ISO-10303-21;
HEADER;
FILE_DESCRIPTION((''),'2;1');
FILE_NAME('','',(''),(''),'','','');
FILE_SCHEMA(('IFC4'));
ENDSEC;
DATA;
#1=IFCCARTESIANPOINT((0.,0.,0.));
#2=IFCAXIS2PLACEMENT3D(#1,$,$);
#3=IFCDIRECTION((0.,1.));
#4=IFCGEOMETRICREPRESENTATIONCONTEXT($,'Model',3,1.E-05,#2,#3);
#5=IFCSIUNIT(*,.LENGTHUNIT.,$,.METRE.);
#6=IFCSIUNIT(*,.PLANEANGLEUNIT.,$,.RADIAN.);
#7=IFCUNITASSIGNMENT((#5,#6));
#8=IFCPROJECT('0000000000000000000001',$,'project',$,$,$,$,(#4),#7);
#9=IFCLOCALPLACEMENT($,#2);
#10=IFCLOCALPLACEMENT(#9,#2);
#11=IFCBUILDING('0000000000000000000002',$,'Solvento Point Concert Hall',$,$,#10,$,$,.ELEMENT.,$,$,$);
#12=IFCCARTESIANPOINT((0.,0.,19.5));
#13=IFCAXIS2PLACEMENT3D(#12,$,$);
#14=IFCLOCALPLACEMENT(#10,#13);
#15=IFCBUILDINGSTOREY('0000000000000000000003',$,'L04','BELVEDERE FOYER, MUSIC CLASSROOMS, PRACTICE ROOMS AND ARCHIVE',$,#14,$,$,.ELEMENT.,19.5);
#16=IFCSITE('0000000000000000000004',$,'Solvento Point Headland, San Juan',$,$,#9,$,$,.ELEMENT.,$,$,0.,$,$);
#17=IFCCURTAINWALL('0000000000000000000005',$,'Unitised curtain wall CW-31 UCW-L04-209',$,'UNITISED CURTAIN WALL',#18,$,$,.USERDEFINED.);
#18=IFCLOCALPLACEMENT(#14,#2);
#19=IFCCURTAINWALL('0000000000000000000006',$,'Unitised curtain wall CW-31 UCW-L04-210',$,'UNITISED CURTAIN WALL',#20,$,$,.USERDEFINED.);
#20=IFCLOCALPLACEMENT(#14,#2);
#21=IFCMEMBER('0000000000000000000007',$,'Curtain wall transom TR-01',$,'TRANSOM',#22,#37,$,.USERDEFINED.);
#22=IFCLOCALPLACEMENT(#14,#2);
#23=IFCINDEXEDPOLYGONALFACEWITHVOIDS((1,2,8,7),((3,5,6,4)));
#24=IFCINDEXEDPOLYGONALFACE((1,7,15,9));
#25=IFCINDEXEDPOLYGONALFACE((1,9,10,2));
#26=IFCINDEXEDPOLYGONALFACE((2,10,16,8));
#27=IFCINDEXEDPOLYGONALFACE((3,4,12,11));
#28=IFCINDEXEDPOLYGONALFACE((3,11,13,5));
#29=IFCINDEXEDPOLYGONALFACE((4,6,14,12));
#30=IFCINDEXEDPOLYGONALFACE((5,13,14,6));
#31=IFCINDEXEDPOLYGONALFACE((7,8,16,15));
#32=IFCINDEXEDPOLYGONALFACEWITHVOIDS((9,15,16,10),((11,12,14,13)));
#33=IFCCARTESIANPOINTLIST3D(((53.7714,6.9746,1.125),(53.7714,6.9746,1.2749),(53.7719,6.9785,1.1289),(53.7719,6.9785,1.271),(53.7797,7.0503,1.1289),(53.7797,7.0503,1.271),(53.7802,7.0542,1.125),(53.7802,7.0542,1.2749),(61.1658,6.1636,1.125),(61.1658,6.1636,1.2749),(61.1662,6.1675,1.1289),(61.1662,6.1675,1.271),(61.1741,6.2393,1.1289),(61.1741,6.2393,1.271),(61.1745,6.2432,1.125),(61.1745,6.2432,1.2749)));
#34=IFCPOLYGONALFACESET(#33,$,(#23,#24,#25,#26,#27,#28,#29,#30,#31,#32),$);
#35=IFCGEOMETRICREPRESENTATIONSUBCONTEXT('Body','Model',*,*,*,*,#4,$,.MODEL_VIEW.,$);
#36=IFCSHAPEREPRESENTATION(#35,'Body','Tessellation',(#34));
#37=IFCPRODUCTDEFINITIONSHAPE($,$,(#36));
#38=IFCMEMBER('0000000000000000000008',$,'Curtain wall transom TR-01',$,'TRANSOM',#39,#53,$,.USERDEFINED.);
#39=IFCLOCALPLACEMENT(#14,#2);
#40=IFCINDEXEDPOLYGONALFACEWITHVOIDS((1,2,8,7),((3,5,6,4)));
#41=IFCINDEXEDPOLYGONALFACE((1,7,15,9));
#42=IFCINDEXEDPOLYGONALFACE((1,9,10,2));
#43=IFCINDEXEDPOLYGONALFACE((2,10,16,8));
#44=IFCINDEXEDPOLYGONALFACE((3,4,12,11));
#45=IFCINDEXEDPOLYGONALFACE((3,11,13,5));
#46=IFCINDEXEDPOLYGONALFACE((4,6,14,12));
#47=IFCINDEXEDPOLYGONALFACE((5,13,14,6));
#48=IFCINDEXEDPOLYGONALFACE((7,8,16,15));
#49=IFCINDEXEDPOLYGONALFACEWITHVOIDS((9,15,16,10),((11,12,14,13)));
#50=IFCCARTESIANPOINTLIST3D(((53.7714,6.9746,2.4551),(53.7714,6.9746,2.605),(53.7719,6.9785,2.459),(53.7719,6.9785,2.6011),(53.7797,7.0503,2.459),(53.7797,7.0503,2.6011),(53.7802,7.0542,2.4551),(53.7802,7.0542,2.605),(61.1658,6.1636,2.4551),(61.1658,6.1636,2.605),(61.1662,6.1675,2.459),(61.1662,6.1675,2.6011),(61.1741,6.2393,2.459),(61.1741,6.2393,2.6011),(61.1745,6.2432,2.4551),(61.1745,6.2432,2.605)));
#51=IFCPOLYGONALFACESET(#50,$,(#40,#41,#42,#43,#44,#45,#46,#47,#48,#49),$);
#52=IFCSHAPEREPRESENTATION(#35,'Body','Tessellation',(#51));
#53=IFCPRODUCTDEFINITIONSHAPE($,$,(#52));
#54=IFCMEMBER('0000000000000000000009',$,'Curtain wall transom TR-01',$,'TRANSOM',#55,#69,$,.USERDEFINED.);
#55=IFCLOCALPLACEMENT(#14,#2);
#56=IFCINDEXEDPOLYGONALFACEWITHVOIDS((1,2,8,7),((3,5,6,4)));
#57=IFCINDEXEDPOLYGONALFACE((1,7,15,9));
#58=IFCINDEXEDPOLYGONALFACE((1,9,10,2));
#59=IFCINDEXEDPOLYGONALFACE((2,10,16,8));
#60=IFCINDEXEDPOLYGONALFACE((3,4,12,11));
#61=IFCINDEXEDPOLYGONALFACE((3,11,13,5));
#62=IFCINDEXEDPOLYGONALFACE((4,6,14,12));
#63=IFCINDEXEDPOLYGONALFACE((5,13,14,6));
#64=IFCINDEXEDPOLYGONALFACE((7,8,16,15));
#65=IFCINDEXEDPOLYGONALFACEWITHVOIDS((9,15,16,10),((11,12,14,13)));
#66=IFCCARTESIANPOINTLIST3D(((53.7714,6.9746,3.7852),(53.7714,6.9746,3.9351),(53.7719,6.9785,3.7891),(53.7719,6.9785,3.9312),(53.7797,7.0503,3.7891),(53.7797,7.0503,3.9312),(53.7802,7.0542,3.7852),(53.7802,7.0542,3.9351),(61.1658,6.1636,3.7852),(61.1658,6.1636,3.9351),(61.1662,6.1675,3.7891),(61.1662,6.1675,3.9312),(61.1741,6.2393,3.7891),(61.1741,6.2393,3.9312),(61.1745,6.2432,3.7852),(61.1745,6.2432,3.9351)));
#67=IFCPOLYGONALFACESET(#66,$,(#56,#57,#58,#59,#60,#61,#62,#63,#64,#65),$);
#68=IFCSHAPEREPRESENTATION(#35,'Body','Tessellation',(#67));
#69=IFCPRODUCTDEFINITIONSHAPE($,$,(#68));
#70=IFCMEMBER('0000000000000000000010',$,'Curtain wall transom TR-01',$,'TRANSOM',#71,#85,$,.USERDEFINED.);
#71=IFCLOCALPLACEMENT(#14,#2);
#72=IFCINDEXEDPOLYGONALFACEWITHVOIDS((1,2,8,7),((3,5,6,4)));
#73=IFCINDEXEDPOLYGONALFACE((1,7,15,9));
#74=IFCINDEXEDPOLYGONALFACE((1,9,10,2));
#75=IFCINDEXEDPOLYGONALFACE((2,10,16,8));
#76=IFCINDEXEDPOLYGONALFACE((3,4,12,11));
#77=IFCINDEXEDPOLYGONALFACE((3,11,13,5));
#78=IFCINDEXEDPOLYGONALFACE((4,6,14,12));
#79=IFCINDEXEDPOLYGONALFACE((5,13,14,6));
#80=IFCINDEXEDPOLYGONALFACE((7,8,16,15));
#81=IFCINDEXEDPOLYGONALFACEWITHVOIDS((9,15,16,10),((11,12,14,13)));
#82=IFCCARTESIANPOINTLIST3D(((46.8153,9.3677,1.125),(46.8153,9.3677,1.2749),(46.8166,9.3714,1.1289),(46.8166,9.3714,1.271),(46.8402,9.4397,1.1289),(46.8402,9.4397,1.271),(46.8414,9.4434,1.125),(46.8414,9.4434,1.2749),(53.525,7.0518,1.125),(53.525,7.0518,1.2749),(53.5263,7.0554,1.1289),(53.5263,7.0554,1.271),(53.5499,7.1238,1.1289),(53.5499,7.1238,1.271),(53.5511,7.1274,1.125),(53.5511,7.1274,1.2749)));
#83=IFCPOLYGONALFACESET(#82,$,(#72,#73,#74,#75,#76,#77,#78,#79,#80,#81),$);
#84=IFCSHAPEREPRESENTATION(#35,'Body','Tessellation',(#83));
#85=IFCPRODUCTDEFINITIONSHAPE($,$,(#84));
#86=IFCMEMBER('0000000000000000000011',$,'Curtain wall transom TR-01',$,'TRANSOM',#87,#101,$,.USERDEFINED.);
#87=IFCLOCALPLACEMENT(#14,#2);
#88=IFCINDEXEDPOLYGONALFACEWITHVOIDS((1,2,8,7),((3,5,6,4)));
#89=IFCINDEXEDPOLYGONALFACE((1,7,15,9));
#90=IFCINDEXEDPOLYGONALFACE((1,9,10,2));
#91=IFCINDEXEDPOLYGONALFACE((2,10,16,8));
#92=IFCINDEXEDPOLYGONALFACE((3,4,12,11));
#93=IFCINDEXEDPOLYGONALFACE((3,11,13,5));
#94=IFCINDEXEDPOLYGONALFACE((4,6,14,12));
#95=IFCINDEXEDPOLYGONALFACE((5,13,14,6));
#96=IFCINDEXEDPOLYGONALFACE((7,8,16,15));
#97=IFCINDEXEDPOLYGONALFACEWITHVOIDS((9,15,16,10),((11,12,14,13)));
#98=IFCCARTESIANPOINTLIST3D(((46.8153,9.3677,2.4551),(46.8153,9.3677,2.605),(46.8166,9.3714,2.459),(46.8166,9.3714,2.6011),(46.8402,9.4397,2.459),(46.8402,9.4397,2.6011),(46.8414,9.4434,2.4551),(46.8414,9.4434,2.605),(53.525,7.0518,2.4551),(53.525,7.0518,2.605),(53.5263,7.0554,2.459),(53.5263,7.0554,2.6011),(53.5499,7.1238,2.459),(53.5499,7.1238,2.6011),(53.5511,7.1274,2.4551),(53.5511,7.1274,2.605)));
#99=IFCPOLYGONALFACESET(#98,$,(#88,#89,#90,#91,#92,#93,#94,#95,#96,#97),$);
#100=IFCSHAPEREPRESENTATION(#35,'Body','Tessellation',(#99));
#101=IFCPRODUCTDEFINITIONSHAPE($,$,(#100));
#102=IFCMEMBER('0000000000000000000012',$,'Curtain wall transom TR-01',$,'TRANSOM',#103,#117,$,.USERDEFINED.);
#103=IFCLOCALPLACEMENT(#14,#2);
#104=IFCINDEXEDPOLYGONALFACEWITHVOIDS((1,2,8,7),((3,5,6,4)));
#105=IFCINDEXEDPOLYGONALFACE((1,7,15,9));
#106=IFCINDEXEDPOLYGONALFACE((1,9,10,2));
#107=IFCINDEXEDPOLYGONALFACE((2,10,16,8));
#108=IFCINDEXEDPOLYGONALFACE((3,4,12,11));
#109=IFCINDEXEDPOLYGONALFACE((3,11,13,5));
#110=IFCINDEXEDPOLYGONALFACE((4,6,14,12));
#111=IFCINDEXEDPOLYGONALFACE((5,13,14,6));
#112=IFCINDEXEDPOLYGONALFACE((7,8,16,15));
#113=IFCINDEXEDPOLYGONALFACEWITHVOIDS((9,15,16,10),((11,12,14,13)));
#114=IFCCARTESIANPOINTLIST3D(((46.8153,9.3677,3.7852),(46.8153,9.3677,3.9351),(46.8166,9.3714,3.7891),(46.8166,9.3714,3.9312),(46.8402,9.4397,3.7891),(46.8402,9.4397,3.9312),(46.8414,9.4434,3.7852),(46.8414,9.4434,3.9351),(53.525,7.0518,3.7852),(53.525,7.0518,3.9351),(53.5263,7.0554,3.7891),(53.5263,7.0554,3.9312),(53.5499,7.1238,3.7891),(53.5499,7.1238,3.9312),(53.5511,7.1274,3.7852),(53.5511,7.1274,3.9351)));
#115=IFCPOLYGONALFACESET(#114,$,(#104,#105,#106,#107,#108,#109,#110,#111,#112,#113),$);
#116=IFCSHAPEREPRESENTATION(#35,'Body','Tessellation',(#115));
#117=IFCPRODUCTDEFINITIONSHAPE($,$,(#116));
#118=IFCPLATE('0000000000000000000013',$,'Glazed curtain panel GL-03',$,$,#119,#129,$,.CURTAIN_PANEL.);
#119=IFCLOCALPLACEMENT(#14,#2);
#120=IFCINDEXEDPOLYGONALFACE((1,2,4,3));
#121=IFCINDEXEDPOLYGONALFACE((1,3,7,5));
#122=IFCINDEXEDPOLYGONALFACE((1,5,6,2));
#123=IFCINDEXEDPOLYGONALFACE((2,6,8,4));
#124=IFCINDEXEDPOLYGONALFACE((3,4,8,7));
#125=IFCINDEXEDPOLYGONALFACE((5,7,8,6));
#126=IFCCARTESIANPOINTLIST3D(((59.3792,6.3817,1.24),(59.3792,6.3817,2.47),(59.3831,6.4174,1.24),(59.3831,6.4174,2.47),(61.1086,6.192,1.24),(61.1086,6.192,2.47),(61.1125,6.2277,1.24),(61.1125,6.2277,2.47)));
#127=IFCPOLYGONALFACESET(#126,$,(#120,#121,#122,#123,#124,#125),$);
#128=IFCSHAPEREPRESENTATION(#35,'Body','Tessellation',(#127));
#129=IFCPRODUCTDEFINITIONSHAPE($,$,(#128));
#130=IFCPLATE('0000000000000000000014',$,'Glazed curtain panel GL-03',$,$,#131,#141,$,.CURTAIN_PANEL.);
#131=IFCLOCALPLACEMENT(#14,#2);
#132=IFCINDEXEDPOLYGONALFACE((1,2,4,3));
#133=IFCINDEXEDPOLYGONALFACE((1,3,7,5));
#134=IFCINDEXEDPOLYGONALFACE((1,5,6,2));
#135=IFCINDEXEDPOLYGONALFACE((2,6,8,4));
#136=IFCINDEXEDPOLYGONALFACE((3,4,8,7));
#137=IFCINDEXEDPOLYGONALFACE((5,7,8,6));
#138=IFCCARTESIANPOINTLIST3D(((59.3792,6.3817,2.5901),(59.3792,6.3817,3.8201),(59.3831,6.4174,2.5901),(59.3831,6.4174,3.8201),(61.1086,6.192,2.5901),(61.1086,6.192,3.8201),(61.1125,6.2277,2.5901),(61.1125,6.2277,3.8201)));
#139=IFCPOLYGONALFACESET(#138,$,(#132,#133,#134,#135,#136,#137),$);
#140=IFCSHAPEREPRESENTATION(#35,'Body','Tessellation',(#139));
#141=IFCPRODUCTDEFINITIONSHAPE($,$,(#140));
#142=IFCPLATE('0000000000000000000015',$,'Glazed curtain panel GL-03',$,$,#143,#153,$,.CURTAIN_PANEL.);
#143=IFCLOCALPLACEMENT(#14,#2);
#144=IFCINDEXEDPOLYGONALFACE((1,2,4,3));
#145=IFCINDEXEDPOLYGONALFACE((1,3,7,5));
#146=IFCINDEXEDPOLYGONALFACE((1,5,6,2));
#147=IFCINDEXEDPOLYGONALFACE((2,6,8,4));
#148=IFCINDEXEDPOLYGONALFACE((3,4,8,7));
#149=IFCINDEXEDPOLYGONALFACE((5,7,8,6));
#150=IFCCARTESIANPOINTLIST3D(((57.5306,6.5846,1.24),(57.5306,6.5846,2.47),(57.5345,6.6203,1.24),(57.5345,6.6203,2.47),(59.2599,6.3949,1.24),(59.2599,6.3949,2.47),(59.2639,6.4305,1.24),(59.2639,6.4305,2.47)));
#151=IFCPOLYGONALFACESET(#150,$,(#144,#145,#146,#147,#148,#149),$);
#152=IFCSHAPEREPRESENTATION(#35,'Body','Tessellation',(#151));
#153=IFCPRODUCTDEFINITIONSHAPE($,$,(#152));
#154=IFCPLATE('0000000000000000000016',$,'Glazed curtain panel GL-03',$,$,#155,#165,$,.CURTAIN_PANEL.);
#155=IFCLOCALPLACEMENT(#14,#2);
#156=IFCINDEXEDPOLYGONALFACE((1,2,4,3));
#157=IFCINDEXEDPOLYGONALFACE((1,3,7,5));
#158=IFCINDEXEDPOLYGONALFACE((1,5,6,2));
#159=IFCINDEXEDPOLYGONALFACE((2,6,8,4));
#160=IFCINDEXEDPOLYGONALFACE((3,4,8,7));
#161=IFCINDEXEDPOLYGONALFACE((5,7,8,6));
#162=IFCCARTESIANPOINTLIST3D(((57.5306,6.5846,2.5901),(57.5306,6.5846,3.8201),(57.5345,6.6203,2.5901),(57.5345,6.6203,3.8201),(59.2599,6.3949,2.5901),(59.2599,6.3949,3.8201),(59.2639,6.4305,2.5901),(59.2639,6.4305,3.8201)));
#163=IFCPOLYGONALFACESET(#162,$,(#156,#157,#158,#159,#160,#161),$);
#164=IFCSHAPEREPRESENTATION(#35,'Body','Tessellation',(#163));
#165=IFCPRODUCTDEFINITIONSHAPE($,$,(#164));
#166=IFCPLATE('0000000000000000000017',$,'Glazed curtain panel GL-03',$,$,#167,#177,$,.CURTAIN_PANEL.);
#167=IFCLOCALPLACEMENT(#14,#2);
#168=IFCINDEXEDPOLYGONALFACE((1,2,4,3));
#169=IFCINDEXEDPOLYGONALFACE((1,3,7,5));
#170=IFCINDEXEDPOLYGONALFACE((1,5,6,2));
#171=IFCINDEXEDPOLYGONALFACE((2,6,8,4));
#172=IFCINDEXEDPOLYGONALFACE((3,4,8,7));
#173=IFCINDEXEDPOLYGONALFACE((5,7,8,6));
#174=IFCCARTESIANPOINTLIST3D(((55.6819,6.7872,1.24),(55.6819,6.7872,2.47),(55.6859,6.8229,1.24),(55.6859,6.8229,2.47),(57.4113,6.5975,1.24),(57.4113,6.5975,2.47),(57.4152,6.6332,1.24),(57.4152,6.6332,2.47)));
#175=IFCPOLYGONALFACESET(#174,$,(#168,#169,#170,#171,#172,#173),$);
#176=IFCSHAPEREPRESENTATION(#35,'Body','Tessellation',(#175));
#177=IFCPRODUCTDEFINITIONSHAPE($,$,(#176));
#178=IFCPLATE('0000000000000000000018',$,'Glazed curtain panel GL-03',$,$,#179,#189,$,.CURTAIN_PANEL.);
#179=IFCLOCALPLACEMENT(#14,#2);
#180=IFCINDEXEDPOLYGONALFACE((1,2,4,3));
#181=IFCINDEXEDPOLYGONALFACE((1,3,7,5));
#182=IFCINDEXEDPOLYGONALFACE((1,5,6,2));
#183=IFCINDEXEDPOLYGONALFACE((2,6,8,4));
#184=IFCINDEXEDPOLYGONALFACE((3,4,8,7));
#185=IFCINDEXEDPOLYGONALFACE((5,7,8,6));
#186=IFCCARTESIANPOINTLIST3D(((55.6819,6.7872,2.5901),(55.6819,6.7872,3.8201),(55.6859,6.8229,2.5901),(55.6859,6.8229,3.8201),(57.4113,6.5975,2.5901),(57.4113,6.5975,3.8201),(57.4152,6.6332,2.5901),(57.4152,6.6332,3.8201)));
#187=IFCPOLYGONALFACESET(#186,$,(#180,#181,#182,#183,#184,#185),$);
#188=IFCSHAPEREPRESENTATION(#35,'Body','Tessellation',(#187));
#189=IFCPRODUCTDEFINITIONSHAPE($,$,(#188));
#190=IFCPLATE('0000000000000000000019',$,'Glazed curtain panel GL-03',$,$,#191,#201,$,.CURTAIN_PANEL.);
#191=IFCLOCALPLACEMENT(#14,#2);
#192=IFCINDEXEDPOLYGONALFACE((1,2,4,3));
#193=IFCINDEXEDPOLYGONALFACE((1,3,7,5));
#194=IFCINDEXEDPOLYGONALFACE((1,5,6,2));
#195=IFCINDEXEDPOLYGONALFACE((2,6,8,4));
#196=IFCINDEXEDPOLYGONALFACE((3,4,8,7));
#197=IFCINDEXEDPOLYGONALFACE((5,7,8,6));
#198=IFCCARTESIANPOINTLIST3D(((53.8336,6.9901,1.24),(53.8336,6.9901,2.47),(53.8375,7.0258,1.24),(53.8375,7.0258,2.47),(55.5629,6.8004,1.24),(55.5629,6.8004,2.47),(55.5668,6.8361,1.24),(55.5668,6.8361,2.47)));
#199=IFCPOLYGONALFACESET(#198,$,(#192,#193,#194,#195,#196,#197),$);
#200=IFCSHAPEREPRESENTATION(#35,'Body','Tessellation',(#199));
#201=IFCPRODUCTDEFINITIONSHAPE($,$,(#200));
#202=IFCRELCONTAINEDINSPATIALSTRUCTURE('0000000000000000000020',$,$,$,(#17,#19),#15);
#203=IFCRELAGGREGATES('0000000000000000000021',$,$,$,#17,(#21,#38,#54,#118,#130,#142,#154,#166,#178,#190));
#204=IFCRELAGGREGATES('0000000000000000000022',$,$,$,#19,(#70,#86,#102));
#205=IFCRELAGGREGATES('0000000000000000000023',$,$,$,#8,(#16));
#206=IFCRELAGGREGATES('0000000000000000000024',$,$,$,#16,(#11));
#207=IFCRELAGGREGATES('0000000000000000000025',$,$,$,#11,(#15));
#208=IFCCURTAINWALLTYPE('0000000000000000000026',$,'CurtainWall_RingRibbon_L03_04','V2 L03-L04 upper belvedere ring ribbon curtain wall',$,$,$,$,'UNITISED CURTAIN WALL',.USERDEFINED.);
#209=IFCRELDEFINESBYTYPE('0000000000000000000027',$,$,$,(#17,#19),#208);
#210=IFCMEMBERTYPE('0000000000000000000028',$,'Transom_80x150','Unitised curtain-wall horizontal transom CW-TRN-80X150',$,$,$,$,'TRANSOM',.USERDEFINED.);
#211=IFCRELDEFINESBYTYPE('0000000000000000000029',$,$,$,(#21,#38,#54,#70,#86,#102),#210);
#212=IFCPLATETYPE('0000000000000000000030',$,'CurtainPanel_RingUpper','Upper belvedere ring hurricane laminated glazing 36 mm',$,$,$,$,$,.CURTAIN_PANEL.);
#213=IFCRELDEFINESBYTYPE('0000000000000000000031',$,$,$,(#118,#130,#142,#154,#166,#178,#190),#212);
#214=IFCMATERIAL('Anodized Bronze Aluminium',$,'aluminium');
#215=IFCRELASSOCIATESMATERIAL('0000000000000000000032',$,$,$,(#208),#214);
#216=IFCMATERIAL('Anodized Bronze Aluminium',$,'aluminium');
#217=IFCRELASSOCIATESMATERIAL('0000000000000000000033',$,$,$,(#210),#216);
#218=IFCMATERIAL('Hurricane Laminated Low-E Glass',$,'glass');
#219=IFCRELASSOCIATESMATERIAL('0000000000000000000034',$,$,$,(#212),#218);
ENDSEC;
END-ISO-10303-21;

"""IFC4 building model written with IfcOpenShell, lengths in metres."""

from ifc_helpers import new_model, si_unit, direction, frame, origin, origin_2d, place, context, subcontext, project, spatial, rectangle, hollow_rectangle, extrude, material, material_profile, profile_set, type_object, element, aggregate, save


model = new_model("IFC4")

# Units and contexts
model_context = context("Model", 3, precision=1e-05, world=origin(), true_north=direction((0.0, 1.0)))
body_context = subcontext(model_context, "Body", "Model", "MODEL_VIEW")
ifc_project = project(units=[si_unit("LENGTHUNIT", "METRE"), si_unit("PLANEANGLEUNIT", "RADIAN")], contexts=[model_context])

# Site, building, storey
site_placement = place(None, origin())
site = spatial("IfcSite", under=ifc_project, at=site_placement, Name="Solvento Point Headland, San Juan", CompositionType="ELEMENT", RefElevation=0.0)
building_placement = place(site_placement, origin())
building = spatial("IfcBuilding", under=site, at=building_placement, Name="Solvento Point Concert Hall", CompositionType="ELEMENT")
storey_placement = place(building_placement, frame((0.0, 0.0, 19.5)))
storey = spatial("IfcBuildingStorey", under=building, at=storey_placement, Name="L04", Description="BELVEDERE FOYER, MUSIC CLASSROOMS, PRACTICE ROOMS AND ARCHIVE", CompositionType="ELEMENT", Elevation=19.5)

# Curtain walls
ifc_material_1 = material(Name="Anodized Bronze Aluminium", Category="aluminium")
curtain_wall_type = type_object("IfcCurtainWallType", Name="CurtainWall_RingRibbon_L03_04", Description="V2 L03-L04 upper belvedere ring ribbon curtain wall", ElementType="UNITISED CURTAIN WALL", PredefinedType="USERDEFINED", material=ifc_material_1)
curtain_wall_1_placement = place(storey_placement, origin())
curtain_wall_1 = element("IfcCurtainWall", 1, at=curtain_wall_1_placement, inside=storey, type_object=curtain_wall_type, Name="Unitised curtain wall CW-31 UCW-L04-209", ObjectType="UNITISED CURTAIN WALL", PredefinedType="USERDEFINED")
curtain_wall_2_placement = place(storey_placement, origin())
curtain_wall_2 = element("IfcCurtainWall", 2, at=curtain_wall_2_placement, inside=storey, type_object=curtain_wall_type, Name="Unitised curtain wall CW-31 UCW-L04-210", ObjectType="UNITISED CURTAIN WALL", PredefinedType="USERDEFINED")

# Members
ifc_material_2 = material(Name="Anodized Bronze Aluminium", Category="aluminium")
ifc_material_profile_1 = material_profile(ifc_material_2, hollow_rectangle(XDim=0.0801, YDim=0.1499, WallThickness=0.0039, at=origin_2d()), Name="CW-TRN-80X150")
ifc_profile_set_1 = profile_set([ifc_material_profile_1], Name="Anodized Bronze Aluminium")
member_type_1 = type_object("IfcMemberType", Name="Transom_80x150", Description="Unitised curtain-wall horizontal transom CW-TRN-80X150", ElementType="TRANSOM", PredefinedType="USERDEFINED", material=ifc_profile_set_1)
member_1_placement = place(storey_placement, frame((61.1702, 6.2034, 1.2), z_axis=(-0.994038, 0.10903, 0.0), x_axis=(-0.10903, -0.994038, 0.0)))
member_1 = element("IfcMember", 3, at=member_1_placement, type_object=member_type_1, Name="Curtain wall transom TR-01", ObjectType="TRANSOM", PredefinedType="USERDEFINED", context=body_context, shape_type="SweptSolid", body=[
    extrude(hollow_rectangle(XDim=0.0801, YDim=0.1499, WallThickness=0.0039, at=origin_2d()), origin(), (0.0, 0.0, 1.0), 7.4387),
])
member_2_placement = place(storey_placement, frame((61.1702, 6.2034, 2.53), z_axis=(-0.994038, 0.10903, 0.0), x_axis=(-0.10903, -0.994038, 0.0)))
member_2 = element("IfcMember", 4, at=member_2_placement, type_object=member_type_1, Name="Curtain wall transom TR-01", ObjectType="TRANSOM", PredefinedType="USERDEFINED", context=body_context, shape_type="SweptSolid", body=[
    extrude(hollow_rectangle(XDim=0.0801, YDim=0.1499, WallThickness=0.0039, at=origin_2d()), origin(), (0.0, 0.0, 1.0), 7.4387),
])
member_3_placement = place(storey_placement, frame((61.1702, 6.2034, 3.8601), z_axis=(-0.994038, 0.10903, 0.0), x_axis=(-0.10903, -0.994038, 0.0)))
member_3 = element("IfcMember", 5, at=member_3_placement, type_object=member_type_1, Name="Curtain wall transom TR-01", ObjectType="TRANSOM", PredefinedType="USERDEFINED", context=body_context, shape_type="SweptSolid", body=[
    extrude(hollow_rectangle(XDim=0.0801, YDim=0.1499, WallThickness=0.0039, at=origin_2d()), origin(), (0.0, 0.0, 1.0), 7.4387),
])
member_4_placement = place(storey_placement, frame((53.5381, 7.0896, 1.2), z_axis=(-0.945276, 0.326271, 0.0), x_axis=(-0.326271, -0.945276, 0.0)))
member_4 = element("IfcMember", 6, at=member_4_placement, type_object=member_type_1, Name="Curtain wall transom TR-01", ObjectType="TRANSOM", PredefinedType="USERDEFINED", context=body_context, shape_type="SweptSolid", body=[
    extrude(hollow_rectangle(XDim=0.0801, YDim=0.1499, WallThickness=0.0039, at=origin_2d()), origin(), (0.0, 0.0, 1.0), 7.0981),
])
member_5_placement = place(storey_placement, frame((53.5381, 7.0896, 2.53), z_axis=(-0.945276, 0.326271, 0.0), x_axis=(-0.326271, -0.945276, 0.0)))
member_5 = element("IfcMember", 7, at=member_5_placement, type_object=member_type_1, Name="Curtain wall transom TR-01", ObjectType="TRANSOM", PredefinedType="USERDEFINED", context=body_context, shape_type="SweptSolid", body=[
    extrude(hollow_rectangle(XDim=0.0801, YDim=0.1499, WallThickness=0.0039, at=origin_2d()), origin(), (0.0, 0.0, 1.0), 7.0981),
])
member_6_placement = place(storey_placement, frame((53.5381, 7.0896, 3.8601), z_axis=(-0.945276, 0.326271, 0.0), x_axis=(-0.326271, -0.945276, 0.0)))
member_6 = element("IfcMember", 8, at=member_6_placement, type_object=member_type_1, Name="Curtain wall transom TR-01", ObjectType="TRANSOM", PredefinedType="USERDEFINED", context=body_context, shape_type="SweptSolid", body=[
    extrude(hollow_rectangle(XDim=0.0801, YDim=0.1499, WallThickness=0.0039, at=origin_2d()), origin(), (0.0, 0.0, 1.0), 7.0981),
])

# Plates
ifc_material_3 = material(Name="Hurricane Laminated Low-E Glass", Category="glass")
plate_type = type_object("IfcPlateType", Name="CurtainPanel_RingUpper", Description="Upper belvedere ring hurricane laminated glazing 36 mm", PredefinedType="CURTAIN_PANEL", material=ifc_material_3)
plate_1_placement = place(storey_placement, frame((60.2458, 6.3047, 1.24), z_axis=(0.0, 0.0, 1.0), x_axis=(-0.994035, 0.109058, 0.0)))
plate_1 = element("IfcPlate", 9, at=plate_1_placement, type_object=plate_type, Name="Glazed curtain panel GL-03", PredefinedType="CURTAIN_PANEL", context=body_context, shape_type="SweptSolid", body=[
    extrude(rectangle(XDim=1.7397, YDim=0.0359, at=origin_2d()), origin(), (0.0, 0.0, 1.0), 1.23),
])
plate_2_placement = place(storey_placement, frame((60.2458, 6.3047, 2.5901), z_axis=(0.0, 0.0, 1.0), x_axis=(-0.994035, 0.109058, 0.0)))
plate_2 = element("IfcPlate", 10, at=plate_2_placement, type_object=plate_type, Name="Glazed curtain panel GL-03", PredefinedType="CURTAIN_PANEL", context=body_context, shape_type="SweptSolid", body=[
    extrude(rectangle(XDim=1.7397, YDim=0.0359, at=origin_2d()), origin(), (0.0, 0.0, 1.0), 1.23),
])
plate_3_placement = place(storey_placement, frame((58.3972, 6.5076, 1.24), z_axis=(0.0, 0.0, 1.0), x_axis=(-0.994035, 0.109058, 0.0)))
plate_3 = element("IfcPlate", 11, at=plate_3_placement, type_object=plate_type, Name="Glazed curtain panel GL-03", PredefinedType="CURTAIN_PANEL", context=body_context, shape_type="SweptSolid", body=[
    extrude(rectangle(XDim=1.7397, YDim=0.0359, at=origin_2d()), origin(), (0.0, 0.0, 1.0), 1.23),
])
plate_4_placement = place(storey_placement, frame((58.3972, 6.5076, 2.5901), z_axis=(0.0, 0.0, 1.0), x_axis=(-0.994035, 0.109058, 0.0)))
plate_4 = element("IfcPlate", 12, at=plate_4_placement, type_object=plate_type, Name="Glazed curtain panel GL-03", PredefinedType="CURTAIN_PANEL", context=body_context, shape_type="SweptSolid", body=[
    extrude(rectangle(XDim=1.7397, YDim=0.0359, at=origin_2d()), origin(), (0.0, 0.0, 1.0), 1.23),
])
plate_5_placement = place(storey_placement, frame((56.5486, 6.7102, 1.24), z_axis=(0.0, 0.0, 1.0), x_axis=(-0.994035, 0.109058, 0.0)))
plate_5 = element("IfcPlate", 13, at=plate_5_placement, type_object=plate_type, Name="Glazed curtain panel GL-03", PredefinedType="CURTAIN_PANEL", context=body_context, shape_type="SweptSolid", body=[
    extrude(rectangle(XDim=1.7397, YDim=0.0359, at=origin_2d()), origin(), (0.0, 0.0, 1.0), 1.23),
])
plate_6_placement = place(storey_placement, frame((56.5486, 6.7102, 2.5901), z_axis=(0.0, 0.0, 1.0), x_axis=(-0.994035, 0.109058, 0.0)))
plate_6 = element("IfcPlate", 14, at=plate_6_placement, type_object=plate_type, Name="Glazed curtain panel GL-03", PredefinedType="CURTAIN_PANEL", context=body_context, shape_type="SweptSolid", body=[
    extrude(rectangle(XDim=1.7397, YDim=0.0359, at=origin_2d()), origin(), (0.0, 0.0, 1.0), 1.23),
])
plate_7_placement = place(storey_placement, frame((54.7002, 6.9131, 1.24), z_axis=(0.0, 0.0, 1.0), x_axis=(-0.994035, 0.109058, 0.0)))
plate_7 = element("IfcPlate", 15, at=plate_7_placement, type_object=plate_type, Name="Glazed curtain panel GL-03", PredefinedType="CURTAIN_PANEL", context=body_context, shape_type="SweptSolid", body=[
    extrude(rectangle(XDim=1.7397, YDim=0.0359, at=origin_2d()), origin(), (0.0, 0.0, 1.0), 1.23),
])
aggregate(curtain_wall_1, [member_1, member_2, member_3, plate_1, plate_2, plate_3, plate_4, plate_5, plate_6, plate_7])
aggregate(curtain_wall_2, [member_4, member_5, member_6])

save(model, "model.ifc")
